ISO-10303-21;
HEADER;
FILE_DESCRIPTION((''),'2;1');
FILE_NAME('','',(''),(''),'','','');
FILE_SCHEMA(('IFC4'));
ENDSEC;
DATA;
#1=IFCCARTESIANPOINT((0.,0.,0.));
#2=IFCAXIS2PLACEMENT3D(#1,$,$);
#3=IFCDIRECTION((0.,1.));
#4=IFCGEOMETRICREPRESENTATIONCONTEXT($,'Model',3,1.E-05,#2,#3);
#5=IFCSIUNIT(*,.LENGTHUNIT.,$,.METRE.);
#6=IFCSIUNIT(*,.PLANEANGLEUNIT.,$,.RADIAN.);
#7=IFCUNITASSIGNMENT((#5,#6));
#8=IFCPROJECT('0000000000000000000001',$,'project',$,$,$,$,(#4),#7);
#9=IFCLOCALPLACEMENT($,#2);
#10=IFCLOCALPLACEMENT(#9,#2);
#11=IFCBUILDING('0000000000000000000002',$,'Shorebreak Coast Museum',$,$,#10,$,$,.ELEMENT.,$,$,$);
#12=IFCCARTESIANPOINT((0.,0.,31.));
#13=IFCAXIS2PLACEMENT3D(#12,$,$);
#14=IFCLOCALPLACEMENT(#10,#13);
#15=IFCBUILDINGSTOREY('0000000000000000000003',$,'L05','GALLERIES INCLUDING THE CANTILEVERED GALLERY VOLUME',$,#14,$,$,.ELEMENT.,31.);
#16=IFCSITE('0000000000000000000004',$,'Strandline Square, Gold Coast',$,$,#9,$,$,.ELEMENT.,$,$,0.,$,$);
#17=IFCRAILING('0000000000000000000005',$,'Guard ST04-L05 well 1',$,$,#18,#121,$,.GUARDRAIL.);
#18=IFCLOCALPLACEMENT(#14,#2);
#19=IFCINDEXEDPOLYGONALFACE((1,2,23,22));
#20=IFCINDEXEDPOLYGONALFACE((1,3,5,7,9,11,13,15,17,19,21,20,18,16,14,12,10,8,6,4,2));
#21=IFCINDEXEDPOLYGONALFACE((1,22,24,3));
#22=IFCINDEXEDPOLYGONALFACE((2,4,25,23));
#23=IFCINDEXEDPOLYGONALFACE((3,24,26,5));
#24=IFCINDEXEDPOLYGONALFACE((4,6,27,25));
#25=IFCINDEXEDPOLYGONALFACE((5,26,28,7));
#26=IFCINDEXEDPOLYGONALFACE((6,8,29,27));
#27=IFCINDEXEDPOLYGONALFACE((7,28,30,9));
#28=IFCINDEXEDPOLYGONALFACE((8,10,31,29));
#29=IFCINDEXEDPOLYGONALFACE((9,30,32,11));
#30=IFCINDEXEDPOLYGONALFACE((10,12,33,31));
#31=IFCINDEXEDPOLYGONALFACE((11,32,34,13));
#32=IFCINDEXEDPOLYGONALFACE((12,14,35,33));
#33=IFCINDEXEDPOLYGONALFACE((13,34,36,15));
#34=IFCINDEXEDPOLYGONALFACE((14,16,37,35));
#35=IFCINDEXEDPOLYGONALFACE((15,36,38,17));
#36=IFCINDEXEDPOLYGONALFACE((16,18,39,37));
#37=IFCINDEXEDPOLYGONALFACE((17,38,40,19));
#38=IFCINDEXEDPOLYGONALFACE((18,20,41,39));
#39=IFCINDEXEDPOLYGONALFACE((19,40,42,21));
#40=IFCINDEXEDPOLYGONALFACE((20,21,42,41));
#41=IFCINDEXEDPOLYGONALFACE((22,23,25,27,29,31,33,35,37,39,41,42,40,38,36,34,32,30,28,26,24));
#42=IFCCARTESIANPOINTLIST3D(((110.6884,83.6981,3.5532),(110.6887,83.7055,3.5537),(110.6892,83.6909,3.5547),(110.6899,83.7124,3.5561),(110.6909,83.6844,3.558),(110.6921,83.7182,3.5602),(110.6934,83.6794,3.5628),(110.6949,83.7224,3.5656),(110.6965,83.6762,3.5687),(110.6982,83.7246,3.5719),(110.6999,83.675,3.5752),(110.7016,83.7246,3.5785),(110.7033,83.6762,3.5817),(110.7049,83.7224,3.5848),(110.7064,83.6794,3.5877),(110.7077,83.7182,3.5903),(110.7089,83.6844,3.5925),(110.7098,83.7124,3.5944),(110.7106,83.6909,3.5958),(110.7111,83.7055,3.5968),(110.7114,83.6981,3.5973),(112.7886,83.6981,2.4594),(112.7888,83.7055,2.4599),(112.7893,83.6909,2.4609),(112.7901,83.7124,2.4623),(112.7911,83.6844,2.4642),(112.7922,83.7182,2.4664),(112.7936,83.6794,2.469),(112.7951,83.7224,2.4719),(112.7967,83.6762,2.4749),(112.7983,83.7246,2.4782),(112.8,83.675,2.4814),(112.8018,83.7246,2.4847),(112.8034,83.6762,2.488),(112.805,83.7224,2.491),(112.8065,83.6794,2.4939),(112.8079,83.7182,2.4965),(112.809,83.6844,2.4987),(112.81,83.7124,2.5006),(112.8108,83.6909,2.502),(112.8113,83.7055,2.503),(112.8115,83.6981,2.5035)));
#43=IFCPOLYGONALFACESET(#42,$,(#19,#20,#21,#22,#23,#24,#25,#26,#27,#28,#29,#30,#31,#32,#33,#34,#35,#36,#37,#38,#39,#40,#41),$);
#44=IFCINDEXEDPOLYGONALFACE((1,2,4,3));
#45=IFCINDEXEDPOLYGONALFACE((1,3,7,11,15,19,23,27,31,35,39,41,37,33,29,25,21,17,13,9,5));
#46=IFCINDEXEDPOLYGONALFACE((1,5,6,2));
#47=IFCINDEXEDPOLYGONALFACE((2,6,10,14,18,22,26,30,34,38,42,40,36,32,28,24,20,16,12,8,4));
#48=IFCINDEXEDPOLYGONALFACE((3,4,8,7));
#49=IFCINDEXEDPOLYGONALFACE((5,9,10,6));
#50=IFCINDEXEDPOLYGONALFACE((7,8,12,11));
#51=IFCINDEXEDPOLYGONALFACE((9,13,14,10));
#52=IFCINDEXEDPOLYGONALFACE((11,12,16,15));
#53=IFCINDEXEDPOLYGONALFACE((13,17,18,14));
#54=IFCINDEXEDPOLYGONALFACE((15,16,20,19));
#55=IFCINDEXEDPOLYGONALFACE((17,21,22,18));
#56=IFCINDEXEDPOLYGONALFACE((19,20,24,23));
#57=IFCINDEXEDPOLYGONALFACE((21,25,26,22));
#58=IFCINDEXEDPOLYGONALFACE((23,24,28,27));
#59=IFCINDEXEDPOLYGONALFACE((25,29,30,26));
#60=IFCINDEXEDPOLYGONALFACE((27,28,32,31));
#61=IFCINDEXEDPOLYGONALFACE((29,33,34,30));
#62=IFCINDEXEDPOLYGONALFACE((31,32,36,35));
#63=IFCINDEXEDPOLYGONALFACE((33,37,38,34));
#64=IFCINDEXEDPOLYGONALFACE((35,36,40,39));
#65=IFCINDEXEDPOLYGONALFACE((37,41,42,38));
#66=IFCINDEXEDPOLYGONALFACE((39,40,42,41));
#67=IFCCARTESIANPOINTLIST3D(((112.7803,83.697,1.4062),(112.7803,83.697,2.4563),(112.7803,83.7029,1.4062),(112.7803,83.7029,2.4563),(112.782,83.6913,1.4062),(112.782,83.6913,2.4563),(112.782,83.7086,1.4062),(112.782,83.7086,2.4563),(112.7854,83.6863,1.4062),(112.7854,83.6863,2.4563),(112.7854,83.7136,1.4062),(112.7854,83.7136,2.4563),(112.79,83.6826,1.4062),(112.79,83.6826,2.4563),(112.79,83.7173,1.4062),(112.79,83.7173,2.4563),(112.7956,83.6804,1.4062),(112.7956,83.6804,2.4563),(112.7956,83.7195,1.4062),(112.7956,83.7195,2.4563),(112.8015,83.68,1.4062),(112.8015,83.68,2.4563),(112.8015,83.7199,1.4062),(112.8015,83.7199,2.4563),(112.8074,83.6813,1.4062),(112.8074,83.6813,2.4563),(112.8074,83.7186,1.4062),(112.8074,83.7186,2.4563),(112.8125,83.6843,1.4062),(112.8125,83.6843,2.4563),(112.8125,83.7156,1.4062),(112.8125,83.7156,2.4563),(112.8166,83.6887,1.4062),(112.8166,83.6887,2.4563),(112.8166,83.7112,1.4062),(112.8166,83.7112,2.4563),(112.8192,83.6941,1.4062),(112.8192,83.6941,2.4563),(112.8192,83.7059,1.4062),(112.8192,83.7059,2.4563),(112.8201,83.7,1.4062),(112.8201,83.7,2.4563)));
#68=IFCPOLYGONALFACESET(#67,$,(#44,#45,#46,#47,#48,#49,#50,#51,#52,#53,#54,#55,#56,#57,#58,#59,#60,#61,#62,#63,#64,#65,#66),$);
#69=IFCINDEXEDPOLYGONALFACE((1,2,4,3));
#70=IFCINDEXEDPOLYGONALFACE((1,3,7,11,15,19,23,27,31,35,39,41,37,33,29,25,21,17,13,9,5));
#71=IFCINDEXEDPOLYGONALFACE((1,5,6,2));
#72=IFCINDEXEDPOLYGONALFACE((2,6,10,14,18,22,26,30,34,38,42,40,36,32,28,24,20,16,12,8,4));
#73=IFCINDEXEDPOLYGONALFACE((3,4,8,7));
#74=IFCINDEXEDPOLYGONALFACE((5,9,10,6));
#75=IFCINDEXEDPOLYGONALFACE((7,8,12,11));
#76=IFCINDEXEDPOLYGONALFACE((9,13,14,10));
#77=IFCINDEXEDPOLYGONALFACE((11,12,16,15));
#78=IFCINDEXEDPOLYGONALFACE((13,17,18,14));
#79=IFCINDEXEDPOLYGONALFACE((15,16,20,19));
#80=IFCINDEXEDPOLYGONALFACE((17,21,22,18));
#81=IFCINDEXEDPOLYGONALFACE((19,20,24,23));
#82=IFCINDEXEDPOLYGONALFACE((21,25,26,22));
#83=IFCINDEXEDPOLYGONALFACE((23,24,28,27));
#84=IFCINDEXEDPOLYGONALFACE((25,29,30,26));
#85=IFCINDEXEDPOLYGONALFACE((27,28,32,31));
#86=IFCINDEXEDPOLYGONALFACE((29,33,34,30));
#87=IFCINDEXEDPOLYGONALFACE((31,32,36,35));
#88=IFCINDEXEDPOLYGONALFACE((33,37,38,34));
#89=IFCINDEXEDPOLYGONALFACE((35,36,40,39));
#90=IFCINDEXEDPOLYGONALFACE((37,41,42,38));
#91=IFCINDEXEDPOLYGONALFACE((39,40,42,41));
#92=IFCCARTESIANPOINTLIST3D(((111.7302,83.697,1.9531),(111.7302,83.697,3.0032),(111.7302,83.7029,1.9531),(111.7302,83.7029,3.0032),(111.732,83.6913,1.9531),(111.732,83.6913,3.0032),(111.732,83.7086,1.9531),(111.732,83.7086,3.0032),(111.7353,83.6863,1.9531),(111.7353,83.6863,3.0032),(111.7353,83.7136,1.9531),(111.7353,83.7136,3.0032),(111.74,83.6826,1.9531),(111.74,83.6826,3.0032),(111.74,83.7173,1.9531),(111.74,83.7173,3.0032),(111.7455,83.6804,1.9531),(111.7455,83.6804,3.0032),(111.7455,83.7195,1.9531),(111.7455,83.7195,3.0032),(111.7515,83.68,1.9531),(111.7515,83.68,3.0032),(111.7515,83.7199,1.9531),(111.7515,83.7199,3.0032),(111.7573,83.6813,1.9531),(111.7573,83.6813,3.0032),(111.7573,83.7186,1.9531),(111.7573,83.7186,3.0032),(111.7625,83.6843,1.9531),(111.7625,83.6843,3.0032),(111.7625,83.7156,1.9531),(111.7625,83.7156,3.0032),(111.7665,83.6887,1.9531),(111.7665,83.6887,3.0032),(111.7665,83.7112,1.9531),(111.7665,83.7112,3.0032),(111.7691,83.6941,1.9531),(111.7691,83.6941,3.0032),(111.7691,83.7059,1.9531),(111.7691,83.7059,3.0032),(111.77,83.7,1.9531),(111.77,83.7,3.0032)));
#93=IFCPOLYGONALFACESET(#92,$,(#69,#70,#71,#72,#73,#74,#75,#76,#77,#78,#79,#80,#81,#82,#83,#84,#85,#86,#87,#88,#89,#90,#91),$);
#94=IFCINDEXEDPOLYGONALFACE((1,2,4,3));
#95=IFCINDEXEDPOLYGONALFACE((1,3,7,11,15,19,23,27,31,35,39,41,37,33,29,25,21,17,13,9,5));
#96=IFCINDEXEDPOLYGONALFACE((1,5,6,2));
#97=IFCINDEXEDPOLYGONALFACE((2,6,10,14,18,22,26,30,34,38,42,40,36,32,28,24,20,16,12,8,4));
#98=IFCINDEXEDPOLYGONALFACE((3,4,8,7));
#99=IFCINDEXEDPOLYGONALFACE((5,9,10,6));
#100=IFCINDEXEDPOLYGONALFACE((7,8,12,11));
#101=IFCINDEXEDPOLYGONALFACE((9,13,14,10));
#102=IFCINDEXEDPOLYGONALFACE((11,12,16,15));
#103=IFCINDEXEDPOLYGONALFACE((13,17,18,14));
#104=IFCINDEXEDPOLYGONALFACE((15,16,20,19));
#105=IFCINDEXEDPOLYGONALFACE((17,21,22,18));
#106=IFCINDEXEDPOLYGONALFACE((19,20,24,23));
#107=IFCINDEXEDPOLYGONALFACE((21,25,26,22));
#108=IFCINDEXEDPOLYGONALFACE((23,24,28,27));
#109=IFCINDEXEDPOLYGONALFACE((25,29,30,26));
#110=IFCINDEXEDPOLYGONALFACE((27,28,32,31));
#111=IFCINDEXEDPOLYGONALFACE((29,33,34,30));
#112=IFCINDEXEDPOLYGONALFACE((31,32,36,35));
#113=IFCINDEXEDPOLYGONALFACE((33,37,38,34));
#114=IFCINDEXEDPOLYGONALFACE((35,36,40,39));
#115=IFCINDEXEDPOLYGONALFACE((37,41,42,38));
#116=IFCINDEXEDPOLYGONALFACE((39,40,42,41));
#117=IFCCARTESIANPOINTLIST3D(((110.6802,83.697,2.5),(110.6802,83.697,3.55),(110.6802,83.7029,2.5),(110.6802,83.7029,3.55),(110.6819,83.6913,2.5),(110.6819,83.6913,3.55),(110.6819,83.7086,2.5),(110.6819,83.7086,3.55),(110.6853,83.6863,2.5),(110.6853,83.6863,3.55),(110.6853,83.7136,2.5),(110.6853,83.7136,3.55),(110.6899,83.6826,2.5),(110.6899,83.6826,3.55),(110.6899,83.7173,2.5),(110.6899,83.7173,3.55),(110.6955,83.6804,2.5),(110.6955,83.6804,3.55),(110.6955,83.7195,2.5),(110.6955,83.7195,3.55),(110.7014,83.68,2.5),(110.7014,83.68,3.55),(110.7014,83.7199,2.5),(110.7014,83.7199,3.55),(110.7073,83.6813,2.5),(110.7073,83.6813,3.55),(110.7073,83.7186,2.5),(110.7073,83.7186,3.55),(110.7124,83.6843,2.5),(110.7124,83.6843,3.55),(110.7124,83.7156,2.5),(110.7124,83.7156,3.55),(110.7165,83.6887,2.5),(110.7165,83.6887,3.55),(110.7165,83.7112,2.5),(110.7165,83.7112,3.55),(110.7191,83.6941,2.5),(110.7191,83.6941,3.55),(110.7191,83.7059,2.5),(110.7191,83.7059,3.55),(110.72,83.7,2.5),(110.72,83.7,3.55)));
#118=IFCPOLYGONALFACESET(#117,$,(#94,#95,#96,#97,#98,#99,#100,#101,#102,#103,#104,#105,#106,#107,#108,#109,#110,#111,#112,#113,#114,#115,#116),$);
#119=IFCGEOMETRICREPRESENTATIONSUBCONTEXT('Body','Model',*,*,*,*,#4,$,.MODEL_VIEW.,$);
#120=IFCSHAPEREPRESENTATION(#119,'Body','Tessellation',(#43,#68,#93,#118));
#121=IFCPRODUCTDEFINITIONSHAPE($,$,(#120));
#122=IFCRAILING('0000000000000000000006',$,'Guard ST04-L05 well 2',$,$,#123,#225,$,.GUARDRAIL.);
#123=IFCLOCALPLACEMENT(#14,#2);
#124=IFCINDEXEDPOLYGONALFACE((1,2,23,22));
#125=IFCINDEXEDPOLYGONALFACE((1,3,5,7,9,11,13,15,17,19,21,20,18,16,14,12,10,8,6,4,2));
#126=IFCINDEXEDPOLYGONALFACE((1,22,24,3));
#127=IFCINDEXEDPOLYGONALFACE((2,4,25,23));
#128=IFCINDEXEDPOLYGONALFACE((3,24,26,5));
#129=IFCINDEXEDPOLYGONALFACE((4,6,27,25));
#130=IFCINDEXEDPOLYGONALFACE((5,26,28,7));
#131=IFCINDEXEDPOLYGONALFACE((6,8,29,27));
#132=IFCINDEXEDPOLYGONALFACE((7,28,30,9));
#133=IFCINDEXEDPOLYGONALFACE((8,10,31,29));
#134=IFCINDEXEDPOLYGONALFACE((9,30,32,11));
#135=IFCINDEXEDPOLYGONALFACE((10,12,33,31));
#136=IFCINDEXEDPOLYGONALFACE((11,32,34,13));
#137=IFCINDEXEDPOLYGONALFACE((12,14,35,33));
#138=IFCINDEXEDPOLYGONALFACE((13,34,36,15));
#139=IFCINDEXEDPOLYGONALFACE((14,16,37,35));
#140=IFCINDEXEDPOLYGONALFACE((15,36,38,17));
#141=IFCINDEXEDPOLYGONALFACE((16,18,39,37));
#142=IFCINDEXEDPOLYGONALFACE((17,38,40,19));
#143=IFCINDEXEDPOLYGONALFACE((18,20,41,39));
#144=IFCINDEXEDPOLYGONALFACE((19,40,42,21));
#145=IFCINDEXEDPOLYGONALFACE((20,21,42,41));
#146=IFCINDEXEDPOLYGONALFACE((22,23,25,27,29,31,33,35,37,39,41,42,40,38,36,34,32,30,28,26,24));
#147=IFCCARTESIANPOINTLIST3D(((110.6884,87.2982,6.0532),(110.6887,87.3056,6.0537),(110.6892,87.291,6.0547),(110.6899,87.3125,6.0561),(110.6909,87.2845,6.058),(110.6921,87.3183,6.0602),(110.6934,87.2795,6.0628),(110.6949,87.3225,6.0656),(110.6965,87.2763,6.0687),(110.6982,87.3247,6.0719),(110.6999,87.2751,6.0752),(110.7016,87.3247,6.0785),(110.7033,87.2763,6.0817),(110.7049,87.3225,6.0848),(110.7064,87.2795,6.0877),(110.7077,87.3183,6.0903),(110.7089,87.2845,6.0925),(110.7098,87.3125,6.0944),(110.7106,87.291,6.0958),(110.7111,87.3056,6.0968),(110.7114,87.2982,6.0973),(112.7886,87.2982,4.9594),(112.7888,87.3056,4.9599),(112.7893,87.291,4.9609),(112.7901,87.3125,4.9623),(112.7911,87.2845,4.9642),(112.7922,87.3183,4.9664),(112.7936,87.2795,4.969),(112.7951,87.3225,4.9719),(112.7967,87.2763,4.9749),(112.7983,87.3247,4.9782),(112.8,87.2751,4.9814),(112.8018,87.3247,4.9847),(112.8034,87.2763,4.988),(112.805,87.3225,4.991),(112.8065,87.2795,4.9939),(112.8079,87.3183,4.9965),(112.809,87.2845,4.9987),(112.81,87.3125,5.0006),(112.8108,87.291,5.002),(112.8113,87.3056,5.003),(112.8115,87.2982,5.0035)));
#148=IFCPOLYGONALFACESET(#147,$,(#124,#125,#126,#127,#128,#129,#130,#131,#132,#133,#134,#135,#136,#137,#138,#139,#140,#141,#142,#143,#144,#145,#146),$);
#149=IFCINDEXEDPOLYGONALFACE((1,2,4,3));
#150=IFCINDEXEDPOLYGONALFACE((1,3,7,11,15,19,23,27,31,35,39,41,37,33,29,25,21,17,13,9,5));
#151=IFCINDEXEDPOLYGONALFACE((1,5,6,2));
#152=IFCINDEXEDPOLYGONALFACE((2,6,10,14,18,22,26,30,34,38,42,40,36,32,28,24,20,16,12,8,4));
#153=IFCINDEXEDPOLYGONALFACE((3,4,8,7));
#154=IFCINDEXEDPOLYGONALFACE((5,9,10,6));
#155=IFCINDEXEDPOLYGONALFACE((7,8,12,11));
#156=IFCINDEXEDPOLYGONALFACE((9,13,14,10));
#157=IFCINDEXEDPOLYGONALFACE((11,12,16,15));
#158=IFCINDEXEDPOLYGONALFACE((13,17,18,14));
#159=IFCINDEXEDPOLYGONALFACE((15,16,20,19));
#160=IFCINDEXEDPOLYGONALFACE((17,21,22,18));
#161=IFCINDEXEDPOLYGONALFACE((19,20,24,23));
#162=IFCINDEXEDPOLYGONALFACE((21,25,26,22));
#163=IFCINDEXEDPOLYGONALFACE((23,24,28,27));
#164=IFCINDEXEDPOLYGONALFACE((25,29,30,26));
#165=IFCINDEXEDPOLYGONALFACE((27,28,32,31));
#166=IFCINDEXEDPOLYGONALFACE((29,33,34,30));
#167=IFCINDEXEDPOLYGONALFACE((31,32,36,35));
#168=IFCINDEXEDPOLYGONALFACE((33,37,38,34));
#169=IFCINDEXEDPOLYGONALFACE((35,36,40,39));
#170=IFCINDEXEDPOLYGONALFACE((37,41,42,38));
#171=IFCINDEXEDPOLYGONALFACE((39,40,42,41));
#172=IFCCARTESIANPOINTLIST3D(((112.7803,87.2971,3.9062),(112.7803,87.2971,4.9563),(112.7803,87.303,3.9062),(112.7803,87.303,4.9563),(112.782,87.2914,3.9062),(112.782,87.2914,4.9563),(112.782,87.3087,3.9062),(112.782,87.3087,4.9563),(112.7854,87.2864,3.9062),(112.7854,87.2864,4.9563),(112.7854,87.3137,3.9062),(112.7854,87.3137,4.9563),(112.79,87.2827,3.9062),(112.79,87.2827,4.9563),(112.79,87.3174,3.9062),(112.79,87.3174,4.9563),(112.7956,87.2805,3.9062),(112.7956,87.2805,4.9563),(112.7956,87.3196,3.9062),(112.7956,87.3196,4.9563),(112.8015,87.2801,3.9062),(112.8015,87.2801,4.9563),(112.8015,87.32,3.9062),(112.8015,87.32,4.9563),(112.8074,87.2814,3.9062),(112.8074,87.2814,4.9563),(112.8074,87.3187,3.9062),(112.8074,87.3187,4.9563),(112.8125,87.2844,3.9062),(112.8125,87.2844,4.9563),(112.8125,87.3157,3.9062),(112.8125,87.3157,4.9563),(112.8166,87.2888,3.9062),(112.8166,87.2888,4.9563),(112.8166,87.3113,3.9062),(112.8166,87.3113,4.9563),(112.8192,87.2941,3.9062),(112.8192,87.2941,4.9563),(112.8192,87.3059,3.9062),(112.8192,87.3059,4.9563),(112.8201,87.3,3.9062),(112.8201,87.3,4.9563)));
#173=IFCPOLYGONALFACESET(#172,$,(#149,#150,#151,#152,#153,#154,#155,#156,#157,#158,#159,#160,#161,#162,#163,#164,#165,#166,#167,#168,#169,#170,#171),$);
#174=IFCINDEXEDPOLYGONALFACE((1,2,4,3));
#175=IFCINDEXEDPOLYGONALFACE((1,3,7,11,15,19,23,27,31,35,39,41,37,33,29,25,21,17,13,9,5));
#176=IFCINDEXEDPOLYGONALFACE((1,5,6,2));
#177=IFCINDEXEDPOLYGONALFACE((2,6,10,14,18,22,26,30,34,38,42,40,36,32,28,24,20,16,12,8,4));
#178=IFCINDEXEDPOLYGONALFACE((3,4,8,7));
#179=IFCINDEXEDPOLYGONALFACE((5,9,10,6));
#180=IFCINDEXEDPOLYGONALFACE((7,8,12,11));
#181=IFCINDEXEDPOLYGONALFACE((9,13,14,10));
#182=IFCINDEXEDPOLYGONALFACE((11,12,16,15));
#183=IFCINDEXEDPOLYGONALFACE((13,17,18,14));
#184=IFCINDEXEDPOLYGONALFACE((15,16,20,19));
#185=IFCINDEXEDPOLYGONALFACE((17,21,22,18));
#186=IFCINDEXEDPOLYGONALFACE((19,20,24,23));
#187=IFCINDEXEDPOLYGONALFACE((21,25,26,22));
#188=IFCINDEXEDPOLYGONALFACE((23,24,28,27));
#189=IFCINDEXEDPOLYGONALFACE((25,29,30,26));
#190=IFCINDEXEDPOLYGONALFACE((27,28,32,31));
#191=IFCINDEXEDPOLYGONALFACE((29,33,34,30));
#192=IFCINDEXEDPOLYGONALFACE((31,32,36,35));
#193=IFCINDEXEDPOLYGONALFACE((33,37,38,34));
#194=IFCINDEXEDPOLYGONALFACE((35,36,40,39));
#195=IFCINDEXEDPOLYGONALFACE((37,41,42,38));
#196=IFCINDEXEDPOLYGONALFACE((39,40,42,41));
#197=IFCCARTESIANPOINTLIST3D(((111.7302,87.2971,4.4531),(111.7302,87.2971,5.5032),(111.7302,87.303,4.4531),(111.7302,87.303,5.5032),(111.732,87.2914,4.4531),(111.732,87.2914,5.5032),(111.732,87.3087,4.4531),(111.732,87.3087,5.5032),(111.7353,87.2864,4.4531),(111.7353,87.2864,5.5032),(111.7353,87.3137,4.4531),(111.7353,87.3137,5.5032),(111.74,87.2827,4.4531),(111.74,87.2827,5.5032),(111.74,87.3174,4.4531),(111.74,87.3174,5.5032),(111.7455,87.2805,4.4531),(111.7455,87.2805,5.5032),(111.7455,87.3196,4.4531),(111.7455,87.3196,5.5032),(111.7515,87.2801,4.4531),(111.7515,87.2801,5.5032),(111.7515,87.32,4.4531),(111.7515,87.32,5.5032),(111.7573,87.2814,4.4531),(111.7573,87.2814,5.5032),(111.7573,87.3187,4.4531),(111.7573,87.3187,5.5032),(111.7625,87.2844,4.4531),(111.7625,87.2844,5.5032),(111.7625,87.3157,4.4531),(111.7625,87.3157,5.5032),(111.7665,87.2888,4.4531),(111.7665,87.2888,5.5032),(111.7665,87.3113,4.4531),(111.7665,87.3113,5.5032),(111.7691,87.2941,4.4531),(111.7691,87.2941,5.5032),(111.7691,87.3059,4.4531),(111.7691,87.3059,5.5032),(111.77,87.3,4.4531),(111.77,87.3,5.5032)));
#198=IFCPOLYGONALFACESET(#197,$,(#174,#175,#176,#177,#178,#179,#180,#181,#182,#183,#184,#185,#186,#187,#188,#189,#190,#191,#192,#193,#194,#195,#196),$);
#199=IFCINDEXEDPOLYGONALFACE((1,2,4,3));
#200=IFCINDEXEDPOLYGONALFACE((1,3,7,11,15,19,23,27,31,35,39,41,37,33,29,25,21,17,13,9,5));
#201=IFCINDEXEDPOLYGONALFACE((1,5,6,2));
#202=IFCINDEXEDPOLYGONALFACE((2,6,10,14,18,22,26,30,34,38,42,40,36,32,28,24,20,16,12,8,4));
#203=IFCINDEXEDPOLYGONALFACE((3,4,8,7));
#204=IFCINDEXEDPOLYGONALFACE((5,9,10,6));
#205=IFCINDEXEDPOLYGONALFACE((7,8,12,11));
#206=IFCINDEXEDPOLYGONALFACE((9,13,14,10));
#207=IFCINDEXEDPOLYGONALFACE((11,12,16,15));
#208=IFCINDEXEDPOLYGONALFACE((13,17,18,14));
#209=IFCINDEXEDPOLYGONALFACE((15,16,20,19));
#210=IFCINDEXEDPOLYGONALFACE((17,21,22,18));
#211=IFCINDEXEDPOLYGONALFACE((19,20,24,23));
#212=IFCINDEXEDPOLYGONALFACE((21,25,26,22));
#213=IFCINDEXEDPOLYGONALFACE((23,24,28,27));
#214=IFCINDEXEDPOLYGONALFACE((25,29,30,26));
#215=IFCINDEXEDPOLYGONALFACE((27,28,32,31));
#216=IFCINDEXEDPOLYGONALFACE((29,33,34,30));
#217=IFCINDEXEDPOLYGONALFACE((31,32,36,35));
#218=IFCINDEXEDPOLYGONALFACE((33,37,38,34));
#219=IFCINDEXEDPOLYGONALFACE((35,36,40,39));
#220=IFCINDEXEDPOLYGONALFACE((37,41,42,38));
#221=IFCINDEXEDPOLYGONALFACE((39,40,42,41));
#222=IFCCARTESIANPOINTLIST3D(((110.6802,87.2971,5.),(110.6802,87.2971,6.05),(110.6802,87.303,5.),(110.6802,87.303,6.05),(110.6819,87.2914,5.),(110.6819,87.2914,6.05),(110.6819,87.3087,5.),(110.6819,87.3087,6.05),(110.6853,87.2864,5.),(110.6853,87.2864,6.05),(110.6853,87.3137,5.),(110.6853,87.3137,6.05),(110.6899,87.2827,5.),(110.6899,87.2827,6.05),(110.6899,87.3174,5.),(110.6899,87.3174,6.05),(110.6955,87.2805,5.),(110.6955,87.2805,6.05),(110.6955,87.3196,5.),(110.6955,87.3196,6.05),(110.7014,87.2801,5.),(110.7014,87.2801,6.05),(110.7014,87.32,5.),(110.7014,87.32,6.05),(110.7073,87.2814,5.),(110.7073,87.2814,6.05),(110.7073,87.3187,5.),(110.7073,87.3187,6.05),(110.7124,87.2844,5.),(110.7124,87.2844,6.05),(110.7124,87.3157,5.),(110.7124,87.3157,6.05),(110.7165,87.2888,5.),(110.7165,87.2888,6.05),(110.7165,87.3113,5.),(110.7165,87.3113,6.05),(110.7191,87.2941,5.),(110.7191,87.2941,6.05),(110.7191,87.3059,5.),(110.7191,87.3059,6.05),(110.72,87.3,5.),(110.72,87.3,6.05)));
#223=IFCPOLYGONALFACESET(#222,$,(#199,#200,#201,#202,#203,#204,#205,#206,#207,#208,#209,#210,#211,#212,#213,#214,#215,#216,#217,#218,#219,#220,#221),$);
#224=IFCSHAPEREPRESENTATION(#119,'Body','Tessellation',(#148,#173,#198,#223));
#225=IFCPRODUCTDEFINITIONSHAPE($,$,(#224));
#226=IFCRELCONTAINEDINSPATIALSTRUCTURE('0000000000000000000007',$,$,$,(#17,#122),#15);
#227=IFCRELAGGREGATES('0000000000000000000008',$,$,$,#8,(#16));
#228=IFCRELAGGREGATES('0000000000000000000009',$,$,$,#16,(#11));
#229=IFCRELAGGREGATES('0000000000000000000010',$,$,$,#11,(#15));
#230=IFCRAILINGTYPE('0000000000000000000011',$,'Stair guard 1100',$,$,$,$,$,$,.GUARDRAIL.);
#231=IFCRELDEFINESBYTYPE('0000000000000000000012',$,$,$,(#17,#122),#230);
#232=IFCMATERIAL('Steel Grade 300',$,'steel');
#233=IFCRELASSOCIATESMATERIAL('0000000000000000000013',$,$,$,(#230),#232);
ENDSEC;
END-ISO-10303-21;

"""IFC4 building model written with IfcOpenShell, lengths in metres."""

from ifc_helpers import new_model, si_unit, direction, frame, origin, origin_2d, place, context, subcontext, project, spatial, circle, extrude, material, type_object, element, save


model = new_model("IFC4")

# Units and contexts
model_context = context("Model", 3, precision=1e-05, world=origin(), true_north=direction((0.0, 1.0)))
body_context = subcontext(model_context, "Body", "Model", "MODEL_VIEW")
ifc_project = project(units=[si_unit("LENGTHUNIT", "METRE"), si_unit("PLANEANGLEUNIT", "RADIAN")], contexts=[model_context])

# Site, building, storey
site_placement = place(None, origin())
site = spatial("IfcSite", under=ifc_project, at=site_placement, Name="Strandline Square, Gold Coast", CompositionType="ELEMENT", RefElevation=0.0)
building_placement = place(site_placement, origin())
building = spatial("IfcBuilding", under=site, at=building_placement, Name="Shorebreak Coast Museum", CompositionType="ELEMENT")
storey_placement = place(building_placement, frame((0.0, 0.0, 31.0)))
storey = spatial("IfcBuildingStorey", under=building, at=storey_placement, Name="L05", Description="GALLERIES INCLUDING THE CANTILEVERED GALLERY VOLUME", CompositionType="ELEMENT", Elevation=31.0)

# Railings
ifc_material_1 = material(Name="Steel Grade 300", Category="steel")
railing_type_1 = type_object("IfcRailingType", Name="Stair guard 1100", PredefinedType="GUARDRAIL", material=ifc_material_1)
for number, where, name in (
    (1, (112.8, 83.7, 1.4062), "Guard ST04-L05 well 1"),
    (2, (112.8, 87.3, 3.9062), "Guard ST04-L05 well 2"),
):
    element("IfcRailing", number, at=place(storey_placement, frame(where)), inside=storey, type_object=railing_type_1, Name=name, PredefinedType="GUARDRAIL", context=body_context, shape_type="SweptSolid", body=[
        extrude(circle(Radius=0.0249, at=origin_2d()), frame((0.0, 0.0, 1.0752), z_axis=(-0.886923, 0.0, 0.461918), x_axis=(0.0, -1.0, 0.0)), (0.0, 0.0, 1.0), 2.3679),
        extrude(circle(Radius=0.02, at=origin_2d()), origin(), (0.0, 0.0, 1.0), 1.05),
        extrude(circle(Radius=0.02, at=origin_2d()), frame((-1.05, 0.0, 0.5469)), (0.0, 0.0, 1.0), 1.05),
        extrude(circle(Radius=0.02, at=origin_2d()), frame((-2.1001, 0.0, 1.0938)), (0.0, 0.0, 1.0), 1.05),
    ])

save(model, "model.ifc")
